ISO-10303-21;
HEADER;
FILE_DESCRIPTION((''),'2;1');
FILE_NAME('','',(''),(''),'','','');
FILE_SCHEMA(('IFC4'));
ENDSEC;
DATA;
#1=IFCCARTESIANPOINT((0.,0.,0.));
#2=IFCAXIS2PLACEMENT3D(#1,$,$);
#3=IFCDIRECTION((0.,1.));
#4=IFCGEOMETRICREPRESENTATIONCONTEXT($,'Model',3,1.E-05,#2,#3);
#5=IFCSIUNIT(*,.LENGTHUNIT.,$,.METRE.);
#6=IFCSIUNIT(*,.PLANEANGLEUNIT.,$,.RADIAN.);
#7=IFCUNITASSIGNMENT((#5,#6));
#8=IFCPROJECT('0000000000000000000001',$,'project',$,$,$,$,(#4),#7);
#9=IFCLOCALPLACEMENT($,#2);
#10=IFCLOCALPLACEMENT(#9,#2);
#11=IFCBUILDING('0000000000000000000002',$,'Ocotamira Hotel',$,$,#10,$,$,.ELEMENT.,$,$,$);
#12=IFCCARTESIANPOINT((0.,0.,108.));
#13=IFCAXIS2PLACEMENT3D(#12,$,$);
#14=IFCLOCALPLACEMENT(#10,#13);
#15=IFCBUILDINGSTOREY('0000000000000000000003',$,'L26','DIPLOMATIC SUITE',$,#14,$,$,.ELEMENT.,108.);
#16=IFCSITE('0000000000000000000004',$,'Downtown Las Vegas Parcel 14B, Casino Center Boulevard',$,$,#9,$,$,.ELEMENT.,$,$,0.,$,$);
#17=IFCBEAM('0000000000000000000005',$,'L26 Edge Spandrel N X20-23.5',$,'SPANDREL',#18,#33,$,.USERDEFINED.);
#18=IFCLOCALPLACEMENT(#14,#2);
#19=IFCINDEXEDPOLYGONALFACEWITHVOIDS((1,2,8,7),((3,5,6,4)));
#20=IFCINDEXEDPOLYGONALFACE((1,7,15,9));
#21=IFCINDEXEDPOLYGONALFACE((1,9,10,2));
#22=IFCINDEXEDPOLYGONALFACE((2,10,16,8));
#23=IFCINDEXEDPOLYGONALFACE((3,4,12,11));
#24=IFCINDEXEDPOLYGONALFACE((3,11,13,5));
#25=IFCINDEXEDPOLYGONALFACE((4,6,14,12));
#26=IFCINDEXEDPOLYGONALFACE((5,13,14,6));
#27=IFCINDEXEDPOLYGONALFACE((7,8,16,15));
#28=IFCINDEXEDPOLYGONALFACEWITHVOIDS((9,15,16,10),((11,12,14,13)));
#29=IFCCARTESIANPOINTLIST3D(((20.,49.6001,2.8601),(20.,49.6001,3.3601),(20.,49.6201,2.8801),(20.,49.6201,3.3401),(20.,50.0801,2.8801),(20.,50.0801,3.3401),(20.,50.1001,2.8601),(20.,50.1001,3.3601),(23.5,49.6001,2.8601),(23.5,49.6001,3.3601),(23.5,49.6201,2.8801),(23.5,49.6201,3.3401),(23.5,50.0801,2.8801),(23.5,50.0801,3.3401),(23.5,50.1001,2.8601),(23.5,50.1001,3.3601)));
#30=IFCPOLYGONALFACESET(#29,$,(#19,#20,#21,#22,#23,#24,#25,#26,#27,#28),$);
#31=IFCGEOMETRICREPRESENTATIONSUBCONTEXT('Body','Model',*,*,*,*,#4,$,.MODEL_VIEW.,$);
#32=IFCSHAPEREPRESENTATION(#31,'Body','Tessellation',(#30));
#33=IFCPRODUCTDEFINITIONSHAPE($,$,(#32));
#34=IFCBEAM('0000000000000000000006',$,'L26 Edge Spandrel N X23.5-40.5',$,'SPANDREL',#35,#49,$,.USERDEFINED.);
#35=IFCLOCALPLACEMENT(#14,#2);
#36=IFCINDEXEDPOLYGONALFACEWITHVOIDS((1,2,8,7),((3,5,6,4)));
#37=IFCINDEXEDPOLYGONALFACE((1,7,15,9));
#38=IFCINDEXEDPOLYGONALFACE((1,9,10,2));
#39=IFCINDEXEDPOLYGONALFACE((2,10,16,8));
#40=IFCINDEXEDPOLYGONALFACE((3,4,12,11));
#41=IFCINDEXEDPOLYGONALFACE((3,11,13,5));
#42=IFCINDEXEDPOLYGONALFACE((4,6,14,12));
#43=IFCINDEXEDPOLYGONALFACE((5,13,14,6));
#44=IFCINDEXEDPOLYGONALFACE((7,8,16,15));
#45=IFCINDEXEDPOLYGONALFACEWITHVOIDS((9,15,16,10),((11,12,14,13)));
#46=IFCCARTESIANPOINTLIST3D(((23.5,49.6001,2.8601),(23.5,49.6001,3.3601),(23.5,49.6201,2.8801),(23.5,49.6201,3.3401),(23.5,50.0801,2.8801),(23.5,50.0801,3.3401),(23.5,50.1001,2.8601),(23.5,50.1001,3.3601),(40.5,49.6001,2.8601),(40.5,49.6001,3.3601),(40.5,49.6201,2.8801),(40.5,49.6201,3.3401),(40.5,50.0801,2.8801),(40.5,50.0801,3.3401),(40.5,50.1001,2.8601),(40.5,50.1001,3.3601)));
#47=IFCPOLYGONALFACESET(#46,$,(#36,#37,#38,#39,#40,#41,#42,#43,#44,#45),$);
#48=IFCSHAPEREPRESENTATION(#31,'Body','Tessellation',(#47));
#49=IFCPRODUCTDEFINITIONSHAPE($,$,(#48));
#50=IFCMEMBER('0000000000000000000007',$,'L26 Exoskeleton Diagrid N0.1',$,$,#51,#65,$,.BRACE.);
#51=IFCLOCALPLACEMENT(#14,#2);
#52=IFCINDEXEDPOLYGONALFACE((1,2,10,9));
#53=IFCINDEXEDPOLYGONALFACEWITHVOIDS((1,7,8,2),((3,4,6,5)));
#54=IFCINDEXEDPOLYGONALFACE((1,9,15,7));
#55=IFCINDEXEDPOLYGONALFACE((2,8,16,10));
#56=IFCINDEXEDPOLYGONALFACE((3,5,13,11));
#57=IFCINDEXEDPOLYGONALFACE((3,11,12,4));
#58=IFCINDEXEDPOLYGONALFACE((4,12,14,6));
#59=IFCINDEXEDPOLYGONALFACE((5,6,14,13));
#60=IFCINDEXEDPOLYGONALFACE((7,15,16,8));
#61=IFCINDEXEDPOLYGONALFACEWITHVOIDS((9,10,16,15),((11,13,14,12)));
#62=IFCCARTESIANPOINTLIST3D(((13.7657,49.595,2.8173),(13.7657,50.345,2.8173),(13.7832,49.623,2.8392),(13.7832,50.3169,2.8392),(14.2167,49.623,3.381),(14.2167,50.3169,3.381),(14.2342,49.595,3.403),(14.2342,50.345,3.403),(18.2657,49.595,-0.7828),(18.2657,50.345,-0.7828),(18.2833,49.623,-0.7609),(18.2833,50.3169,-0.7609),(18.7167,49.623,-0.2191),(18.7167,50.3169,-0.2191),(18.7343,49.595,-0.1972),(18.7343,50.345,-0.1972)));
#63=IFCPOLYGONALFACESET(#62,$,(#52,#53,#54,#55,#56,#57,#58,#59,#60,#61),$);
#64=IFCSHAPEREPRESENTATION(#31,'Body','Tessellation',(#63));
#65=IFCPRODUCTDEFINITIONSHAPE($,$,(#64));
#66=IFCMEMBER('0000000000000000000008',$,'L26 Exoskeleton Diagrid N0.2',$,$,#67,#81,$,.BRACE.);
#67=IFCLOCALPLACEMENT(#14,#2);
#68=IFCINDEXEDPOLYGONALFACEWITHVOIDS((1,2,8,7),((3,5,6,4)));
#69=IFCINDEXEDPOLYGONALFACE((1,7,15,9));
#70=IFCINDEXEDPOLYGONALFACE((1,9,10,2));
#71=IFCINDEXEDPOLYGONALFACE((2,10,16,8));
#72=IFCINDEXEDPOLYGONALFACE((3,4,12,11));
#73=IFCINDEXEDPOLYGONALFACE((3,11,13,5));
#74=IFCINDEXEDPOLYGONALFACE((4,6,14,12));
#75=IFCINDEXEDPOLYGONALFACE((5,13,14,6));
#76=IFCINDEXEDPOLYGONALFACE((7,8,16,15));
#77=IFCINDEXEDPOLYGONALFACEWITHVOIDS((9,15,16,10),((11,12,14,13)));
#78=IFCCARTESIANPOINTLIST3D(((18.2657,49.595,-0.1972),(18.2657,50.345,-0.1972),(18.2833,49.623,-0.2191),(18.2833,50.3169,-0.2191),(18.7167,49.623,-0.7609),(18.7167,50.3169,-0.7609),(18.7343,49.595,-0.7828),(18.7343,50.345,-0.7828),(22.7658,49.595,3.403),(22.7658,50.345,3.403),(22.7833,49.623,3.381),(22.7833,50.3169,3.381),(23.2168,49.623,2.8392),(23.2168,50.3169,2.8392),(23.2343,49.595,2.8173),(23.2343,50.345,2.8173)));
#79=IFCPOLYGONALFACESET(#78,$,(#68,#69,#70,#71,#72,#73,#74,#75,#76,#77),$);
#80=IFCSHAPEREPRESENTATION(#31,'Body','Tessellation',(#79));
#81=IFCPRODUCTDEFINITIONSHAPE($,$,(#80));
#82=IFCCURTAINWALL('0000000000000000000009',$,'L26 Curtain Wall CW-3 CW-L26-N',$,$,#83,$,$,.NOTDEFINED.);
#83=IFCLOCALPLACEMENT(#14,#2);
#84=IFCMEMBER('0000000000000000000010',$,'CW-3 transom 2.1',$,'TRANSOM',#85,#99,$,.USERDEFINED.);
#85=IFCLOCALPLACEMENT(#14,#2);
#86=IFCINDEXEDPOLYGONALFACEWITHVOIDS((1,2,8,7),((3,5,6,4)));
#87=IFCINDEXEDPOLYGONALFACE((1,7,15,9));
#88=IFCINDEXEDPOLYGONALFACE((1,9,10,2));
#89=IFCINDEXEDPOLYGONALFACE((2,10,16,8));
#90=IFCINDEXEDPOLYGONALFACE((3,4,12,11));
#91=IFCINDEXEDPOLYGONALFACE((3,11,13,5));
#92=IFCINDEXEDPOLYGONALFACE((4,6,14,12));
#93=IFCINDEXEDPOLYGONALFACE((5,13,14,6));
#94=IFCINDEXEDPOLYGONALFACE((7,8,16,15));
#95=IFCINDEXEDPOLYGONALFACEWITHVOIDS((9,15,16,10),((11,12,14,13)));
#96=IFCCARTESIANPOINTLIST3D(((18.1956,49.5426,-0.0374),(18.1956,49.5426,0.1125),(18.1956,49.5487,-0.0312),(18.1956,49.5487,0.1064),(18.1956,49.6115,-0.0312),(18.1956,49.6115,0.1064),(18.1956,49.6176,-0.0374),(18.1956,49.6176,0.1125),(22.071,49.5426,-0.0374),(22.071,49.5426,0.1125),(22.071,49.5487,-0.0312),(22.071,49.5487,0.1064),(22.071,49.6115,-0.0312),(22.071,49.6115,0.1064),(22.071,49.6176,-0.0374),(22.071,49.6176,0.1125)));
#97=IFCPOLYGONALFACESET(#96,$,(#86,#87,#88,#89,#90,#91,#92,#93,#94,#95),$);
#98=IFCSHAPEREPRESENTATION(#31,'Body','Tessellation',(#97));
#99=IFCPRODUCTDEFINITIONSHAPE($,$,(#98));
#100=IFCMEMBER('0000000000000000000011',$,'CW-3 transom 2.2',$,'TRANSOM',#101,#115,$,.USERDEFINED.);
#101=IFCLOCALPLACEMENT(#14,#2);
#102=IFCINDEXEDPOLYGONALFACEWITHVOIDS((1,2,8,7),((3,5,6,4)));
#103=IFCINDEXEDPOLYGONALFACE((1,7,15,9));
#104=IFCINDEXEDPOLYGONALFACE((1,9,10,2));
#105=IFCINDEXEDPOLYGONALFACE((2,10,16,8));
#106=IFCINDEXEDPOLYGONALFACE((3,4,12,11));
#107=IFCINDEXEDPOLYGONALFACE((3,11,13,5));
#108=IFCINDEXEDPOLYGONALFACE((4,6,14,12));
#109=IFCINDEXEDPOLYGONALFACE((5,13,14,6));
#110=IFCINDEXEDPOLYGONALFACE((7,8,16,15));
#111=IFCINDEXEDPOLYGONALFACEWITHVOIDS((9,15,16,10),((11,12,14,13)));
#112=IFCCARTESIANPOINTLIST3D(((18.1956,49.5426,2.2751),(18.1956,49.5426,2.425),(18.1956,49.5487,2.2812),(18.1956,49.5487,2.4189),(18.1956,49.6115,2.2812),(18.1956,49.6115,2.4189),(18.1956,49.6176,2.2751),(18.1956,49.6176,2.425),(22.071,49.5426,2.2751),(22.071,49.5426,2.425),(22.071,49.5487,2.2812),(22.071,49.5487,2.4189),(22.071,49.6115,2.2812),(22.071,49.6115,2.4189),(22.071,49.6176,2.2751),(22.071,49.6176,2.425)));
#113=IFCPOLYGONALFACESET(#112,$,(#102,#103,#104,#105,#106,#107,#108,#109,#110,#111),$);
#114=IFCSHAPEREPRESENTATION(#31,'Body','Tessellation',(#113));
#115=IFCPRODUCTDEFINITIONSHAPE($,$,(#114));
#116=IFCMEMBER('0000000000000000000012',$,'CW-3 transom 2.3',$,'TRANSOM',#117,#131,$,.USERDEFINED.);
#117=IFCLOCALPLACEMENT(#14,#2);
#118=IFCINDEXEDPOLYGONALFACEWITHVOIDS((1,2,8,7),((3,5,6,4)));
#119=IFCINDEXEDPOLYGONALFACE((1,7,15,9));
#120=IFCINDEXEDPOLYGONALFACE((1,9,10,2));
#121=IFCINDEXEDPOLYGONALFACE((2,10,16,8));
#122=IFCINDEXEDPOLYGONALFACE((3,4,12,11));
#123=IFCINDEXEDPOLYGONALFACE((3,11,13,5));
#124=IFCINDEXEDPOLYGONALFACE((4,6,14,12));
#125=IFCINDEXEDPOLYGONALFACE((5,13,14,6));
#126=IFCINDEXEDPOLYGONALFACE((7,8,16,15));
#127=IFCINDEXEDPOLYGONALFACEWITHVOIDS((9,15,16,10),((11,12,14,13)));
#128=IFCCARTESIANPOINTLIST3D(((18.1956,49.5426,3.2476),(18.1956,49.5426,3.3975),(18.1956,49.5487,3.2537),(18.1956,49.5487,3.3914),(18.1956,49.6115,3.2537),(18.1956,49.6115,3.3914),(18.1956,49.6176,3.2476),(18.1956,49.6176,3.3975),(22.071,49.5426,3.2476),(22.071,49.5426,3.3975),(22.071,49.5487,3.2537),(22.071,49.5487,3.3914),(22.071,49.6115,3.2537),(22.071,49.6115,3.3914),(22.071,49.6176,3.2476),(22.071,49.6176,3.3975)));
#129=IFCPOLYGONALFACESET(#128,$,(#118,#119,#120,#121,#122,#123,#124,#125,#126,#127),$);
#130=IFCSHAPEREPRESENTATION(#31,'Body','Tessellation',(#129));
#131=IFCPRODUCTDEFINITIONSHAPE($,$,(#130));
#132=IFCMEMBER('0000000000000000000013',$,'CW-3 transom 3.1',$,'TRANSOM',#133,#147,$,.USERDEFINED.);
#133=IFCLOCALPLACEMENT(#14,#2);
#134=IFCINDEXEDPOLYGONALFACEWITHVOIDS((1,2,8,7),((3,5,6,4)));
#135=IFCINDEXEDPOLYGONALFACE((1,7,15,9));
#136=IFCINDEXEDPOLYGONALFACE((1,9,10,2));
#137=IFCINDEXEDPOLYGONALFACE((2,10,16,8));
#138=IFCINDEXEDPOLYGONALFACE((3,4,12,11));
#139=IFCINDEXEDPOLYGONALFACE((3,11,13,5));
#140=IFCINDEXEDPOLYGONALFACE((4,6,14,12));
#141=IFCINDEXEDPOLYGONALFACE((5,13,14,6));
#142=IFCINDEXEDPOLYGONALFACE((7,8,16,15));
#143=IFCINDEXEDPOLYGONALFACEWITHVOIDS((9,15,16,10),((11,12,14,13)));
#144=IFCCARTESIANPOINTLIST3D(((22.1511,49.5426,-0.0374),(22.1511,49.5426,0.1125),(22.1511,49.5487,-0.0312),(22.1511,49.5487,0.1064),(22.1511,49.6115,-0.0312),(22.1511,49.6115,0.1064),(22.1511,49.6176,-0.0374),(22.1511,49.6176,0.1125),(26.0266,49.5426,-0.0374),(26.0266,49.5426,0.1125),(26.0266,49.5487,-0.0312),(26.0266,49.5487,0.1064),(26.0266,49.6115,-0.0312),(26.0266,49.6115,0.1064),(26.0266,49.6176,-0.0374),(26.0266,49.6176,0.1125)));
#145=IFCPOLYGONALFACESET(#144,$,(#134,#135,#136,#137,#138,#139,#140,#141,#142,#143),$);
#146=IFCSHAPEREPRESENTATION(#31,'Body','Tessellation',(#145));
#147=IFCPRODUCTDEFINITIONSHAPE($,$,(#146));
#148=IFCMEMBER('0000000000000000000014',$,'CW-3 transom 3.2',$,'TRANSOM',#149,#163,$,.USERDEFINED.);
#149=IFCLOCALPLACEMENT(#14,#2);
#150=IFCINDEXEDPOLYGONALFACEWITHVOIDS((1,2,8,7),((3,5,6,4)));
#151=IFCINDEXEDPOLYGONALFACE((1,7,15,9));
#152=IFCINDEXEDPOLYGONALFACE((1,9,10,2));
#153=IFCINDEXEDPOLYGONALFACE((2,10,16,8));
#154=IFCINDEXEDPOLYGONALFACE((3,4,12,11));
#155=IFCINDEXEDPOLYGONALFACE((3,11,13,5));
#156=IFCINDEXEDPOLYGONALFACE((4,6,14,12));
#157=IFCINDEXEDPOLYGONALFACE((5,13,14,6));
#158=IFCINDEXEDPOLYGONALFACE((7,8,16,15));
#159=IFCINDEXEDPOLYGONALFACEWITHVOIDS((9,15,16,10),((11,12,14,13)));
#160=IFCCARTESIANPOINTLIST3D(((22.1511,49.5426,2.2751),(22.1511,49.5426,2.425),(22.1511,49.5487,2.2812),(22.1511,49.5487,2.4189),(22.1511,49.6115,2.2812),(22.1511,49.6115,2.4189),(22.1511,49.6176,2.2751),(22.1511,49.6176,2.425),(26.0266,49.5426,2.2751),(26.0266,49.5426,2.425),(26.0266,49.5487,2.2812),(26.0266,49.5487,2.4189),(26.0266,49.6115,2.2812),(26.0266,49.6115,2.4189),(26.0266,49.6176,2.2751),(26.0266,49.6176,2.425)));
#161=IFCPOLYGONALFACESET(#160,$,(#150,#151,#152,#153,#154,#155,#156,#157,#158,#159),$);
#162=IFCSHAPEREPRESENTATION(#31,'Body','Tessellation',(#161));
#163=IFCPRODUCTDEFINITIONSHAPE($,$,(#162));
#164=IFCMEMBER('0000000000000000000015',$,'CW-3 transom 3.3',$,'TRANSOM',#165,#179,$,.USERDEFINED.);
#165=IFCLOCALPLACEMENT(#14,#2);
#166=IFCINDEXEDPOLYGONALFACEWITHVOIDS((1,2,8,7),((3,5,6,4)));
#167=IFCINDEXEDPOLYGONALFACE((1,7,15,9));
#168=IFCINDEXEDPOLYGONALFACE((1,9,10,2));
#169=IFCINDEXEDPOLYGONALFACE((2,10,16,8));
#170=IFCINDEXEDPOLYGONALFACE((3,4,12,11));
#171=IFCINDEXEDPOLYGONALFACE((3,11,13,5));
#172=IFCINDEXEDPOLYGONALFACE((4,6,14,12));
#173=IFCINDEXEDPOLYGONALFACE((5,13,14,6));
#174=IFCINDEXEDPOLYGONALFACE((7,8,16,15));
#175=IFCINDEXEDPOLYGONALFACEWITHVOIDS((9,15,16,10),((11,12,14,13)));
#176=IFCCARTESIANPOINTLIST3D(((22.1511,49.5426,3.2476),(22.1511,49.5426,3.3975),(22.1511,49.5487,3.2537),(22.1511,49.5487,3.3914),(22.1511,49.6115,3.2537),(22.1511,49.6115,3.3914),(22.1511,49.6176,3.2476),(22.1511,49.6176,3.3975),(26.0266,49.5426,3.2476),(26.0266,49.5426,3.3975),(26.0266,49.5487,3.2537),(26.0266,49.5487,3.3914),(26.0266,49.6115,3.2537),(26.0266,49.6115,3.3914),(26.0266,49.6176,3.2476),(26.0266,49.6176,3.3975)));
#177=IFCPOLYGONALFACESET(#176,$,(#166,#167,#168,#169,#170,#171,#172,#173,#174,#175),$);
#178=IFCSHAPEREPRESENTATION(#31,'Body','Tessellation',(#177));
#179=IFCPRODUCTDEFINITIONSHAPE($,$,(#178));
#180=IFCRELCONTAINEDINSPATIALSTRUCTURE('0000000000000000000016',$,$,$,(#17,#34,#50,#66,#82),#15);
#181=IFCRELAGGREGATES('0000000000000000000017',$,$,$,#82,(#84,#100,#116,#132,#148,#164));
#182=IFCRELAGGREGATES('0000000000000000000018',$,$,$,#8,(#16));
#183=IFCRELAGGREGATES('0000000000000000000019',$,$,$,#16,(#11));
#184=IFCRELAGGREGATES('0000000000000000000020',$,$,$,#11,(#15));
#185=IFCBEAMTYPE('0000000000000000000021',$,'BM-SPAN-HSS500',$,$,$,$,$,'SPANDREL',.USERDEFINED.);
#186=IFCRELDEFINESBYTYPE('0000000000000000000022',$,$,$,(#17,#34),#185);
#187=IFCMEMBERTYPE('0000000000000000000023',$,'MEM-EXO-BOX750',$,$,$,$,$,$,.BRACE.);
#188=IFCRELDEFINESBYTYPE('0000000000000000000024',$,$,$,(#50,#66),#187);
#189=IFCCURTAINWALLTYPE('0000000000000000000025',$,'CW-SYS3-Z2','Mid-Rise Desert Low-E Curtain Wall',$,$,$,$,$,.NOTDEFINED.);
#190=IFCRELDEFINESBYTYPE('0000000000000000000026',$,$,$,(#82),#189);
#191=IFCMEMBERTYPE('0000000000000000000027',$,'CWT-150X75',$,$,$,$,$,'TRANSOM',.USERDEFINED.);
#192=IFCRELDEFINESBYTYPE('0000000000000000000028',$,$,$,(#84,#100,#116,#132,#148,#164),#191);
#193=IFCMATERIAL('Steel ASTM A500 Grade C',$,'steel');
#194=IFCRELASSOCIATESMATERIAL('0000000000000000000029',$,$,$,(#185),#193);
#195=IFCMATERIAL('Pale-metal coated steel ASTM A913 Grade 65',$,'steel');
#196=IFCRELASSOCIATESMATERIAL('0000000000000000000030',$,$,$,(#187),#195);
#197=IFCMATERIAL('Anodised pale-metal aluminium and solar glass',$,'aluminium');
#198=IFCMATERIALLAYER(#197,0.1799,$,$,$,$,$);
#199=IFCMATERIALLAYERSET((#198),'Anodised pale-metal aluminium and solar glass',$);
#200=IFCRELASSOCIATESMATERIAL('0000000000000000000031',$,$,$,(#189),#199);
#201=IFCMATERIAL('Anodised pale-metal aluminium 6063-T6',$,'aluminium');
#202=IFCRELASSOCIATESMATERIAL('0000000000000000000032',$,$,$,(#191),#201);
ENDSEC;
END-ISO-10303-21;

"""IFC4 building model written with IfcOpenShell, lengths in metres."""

from ifc_helpers import new_model, si_unit, direction, frame, origin, origin_2d, place, context, subcontext, project, spatial, hollow_rectangle, extrude, source, transform, mapped, material, layer, layer_set, material_profile, profile_set, type_object, element, aggregate, save


model = new_model("IFC4")

# Units and contexts
model_context = context("Model", 3, precision=1e-05, world=origin(), true_north=direction((0.0, 1.0)))
body_context = subcontext(model_context, "Body", "Model", "MODEL_VIEW")
ifc_project = project(units=[si_unit("LENGTHUNIT", "METRE"), si_unit("PLANEANGLEUNIT", "RADIAN")], contexts=[model_context])

# Site, building, storey
site_placement = place(None, origin())
site = spatial("IfcSite", under=ifc_project, at=site_placement, Name="Downtown Las Vegas Parcel 14B, Casino Center Boulevard", CompositionType="ELEMENT", RefElevation=0.0)
building_placement = place(site_placement, origin())
building = spatial("IfcBuilding", under=site, at=building_placement, Name="Ocotamira Hotel", CompositionType="ELEMENT")
storey_placement = place(building_placement, frame((0.0, 0.0, 108.0)))
storey = spatial("IfcBuildingStorey", under=building, at=storey_placement, Name="L26", Description="DIPLOMATIC SUITE", CompositionType="ELEMENT", Elevation=108.0)

# Beams
ifc_material_1 = material(Name="Steel ASTM A500 Grade C", Category="steel")
ifc_material_profile_1 = material_profile(ifc_material_1, hollow_rectangle(XDim=0.5, YDim=0.5, WallThickness=0.02, at=origin_2d()), Name="HSS500X500X20")
ifc_profile_set_1 = profile_set([ifc_material_profile_1], Name="Steel ASTM A500 Grade C")
beam_type_1 = type_object("IfcBeamType", Name="BM-SPAN-HSS500", ElementType="SPANDREL", PredefinedType="USERDEFINED", material=ifc_profile_set_1)
shared_shape_1 = source(origin(), body_context, "Body", "SweptSolid", [
    extrude(hollow_rectangle(XDim=0.5, YDim=0.5, WallThickness=0.02, at=origin_2d()), origin(), (0.0, 0.0, 1.0), 3.5),
])
beam_1_placement = place(storey_placement, frame((20.0, 49.8501, 3.1101), z_axis=(1.0, 0.0, 0.0), x_axis=(0.0, 1.0, 0.0)))
element("IfcBeam", 1, at=beam_1_placement, inside=storey, type_object=beam_type_1, Name="L26 Edge Spandrel N X20-23.5", ObjectType="SPANDREL", PredefinedType="USERDEFINED", context=body_context, shape_type="MappedRepresentation", body=[
    mapped(shared_shape_1, transform((0.0, 0.0, 0.0), scale=1.0)),
])
shared_shape_2 = source(origin(), body_context, "Body", "SweptSolid", [
    extrude(hollow_rectangle(XDim=0.5, YDim=0.5, WallThickness=0.02, at=origin_2d()), origin(), (0.0, 0.0, 1.0), 17.0),
])
beam_2_placement = place(storey_placement, frame((23.5, 49.8501, 3.1101), z_axis=(1.0, 0.0, 0.0), x_axis=(0.0, 1.0, 0.0)))
element("IfcBeam", 2, at=beam_2_placement, inside=storey, type_object=beam_type_1, Name="L26 Edge Spandrel N X23.5-40.5", ObjectType="SPANDREL", PredefinedType="USERDEFINED", context=body_context, shape_type="MappedRepresentation", body=[
    mapped(shared_shape_2, transform((0.0, 0.0, 0.0), scale=1.0)),
])

# Members
ifc_material_2 = material(Name="Pale-metal coated steel ASTM A913 Grade 65", Category="steel")
ifc_material_profile_2 = material_profile(ifc_material_2, hollow_rectangle(XDim=0.75, YDim=0.75, WallThickness=0.0281, at=origin_2d()), Name="BOX750X750X28")
ifc_profile_set_2 = profile_set([ifc_material_profile_2], Name="Pale-metal coated steel ASTM A913 Grade 65")
member_type_1 = type_object("IfcMemberType", Name="MEM-EXO-BOX750", PredefinedType="BRACE", material=ifc_profile_set_2)
shared_shape_3 = source(origin(), body_context, "Body", "SweptSolid", [
    extrude(hollow_rectangle(XDim=0.75, YDim=0.75, WallThickness=0.0281, at=origin_2d()), origin(), (0.0, 0.0, 1.0), 5.7629),
])
for number, where, z_axis, x_axis, name in (
    (3, (18.5, 49.97, -0.49), (-0.780861, 0.0, 0.624705), (0.0, -1.0, 0.0), "L26 Exoskeleton Diagrid N0.1"),
    (4, (18.5, 49.97, -0.49), (0.780861, 0.0, 0.624705), (0.0, 1.0, 0.0), "L26 Exoskeleton Diagrid N0.2"),
):
    element("IfcMember", number, at=place(storey_placement, frame(where, z_axis=z_axis, x_axis=x_axis)), inside=storey, type_object=member_type_1, Name=name, PredefinedType="BRACE", context=body_context, shape_type="MappedRepresentation", body=[
        mapped(shared_shape_3, transform((0.0, 0.0, 0.0), scale=1.0)),
    ])

# Curtain wall, members
ifc_material_3 = material(Name="Anodised pale-metal aluminium and solar glass", Category="aluminium")
ifc_layer_1 = layer(ifc_material_3, 0.1799)
ifc_layer_set_1 = layer_set([ifc_layer_1], Name="Anodised pale-metal aluminium and solar glass")
curtain_wall_type = type_object("IfcCurtainWallType", Name="CW-SYS3-Z2", Description="Mid-Rise Desert Low-E Curtain Wall", PredefinedType="NOTDEFINED", material=ifc_layer_set_1)
curtain_wall_placement = place(storey_placement, origin())
curtain_wall = element("IfcCurtainWall", 5, at=curtain_wall_placement, inside=storey, type_object=curtain_wall_type, Name="L26 Curtain Wall CW-3 CW-L26-N", PredefinedType="NOTDEFINED")
ifc_material_4 = material(Name="Anodised pale-metal aluminium 6063-T6", Category="aluminium")
ifc_material_profile_3 = material_profile(ifc_material_4, hollow_rectangle(XDim=0.075, YDim=0.1499, WallThickness=0.0061, at=origin_2d()), Name="HSS150X75X6")
ifc_profile_set_3 = profile_set([ifc_material_profile_3], Name="Anodised pale-metal aluminium 6063-T6")
member_type_2 = type_object("IfcMemberType", Name="CWT-150X75", ElementType="TRANSOM", PredefinedType="USERDEFINED", material=ifc_profile_set_3)
shared_shape_4 = source(origin(), body_context, "Body", "SweptSolid", [
    extrude(hollow_rectangle(XDim=0.075, YDim=0.1499, WallThickness=0.0061, at=origin_2d()), origin(), (0.0, 0.0, 1.0), 3.8755),
])
member_1_placement = place(storey_placement, frame((18.1956, 49.5801, 0.0376), z_axis=(1.0, 0.0, 0.0), x_axis=(0.0, 1.0, 0.0)))
member_1 = element("IfcMember", 6, at=member_1_placement, type_object=member_type_2, Name="CW-3 transom 2.1", ObjectType="TRANSOM", PredefinedType="USERDEFINED", context=body_context, shape_type="MappedRepresentation", body=[
    mapped(shared_shape_4, transform((0.0, 0.0, 0.0), scale=1.0)),
])
member_2_placement = place(storey_placement, frame((18.1956, 49.5801, 2.3501), z_axis=(1.0, 0.0, 0.0), x_axis=(0.0, 1.0, 0.0)))
member_2 = element("IfcMember", 7, at=member_2_placement, type_object=member_type_2, Name="CW-3 transom 2.2", ObjectType="TRANSOM", PredefinedType="USERDEFINED", context=body_context, shape_type="MappedRepresentation", body=[
    mapped(shared_shape_4, transform((0.0, 0.0, 0.0), scale=1.0)),
])
member_3_placement = place(storey_placement, frame((18.1956, 49.5801, 3.3225), z_axis=(1.0, 0.0, 0.0), x_axis=(0.0, 1.0, 0.0)))
member_3 = element("IfcMember", 8, at=member_3_placement, type_object=member_type_2, Name="CW-3 transom 2.3", ObjectType="TRANSOM", PredefinedType="USERDEFINED", context=body_context, shape_type="MappedRepresentation", body=[
    mapped(shared_shape_4, transform((0.0, 0.0, 0.0), scale=1.0)),
])
member_4_placement = place(storey_placement, frame((22.1511, 49.5801, 0.0376), z_axis=(1.0, 0.0, 0.0), x_axis=(0.0, 1.0, 0.0)))
member_4 = element("IfcMember", 9, at=member_4_placement, type_object=member_type_2, Name="CW-3 transom 3.1", ObjectType="TRANSOM", PredefinedType="USERDEFINED", context=body_context, shape_type="MappedRepresentation", body=[
    mapped(shared_shape_4, transform((0.0, 0.0, 0.0), scale=1.0)),
])
member_5_placement = place(storey_placement, frame((22.1511, 49.5801, 2.3501), z_axis=(1.0, 0.0, 0.0), x_axis=(0.0, 1.0, 0.0)))
member_5 = element("IfcMember", 10, at=member_5_placement, type_object=member_type_2, Name="CW-3 transom 3.2", ObjectType="TRANSOM", PredefinedType="USERDEFINED", context=body_context, shape_type="MappedRepresentation", body=[
    mapped(shared_shape_4, transform((0.0, 0.0, 0.0), scale=1.0)),
])
member_6_placement = place(storey_placement, frame((22.1511, 49.5801, 3.3225), z_axis=(1.0, 0.0, 0.0), x_axis=(0.0, 1.0, 0.0)))
member_6 = element("IfcMember", 11, at=member_6_placement, type_object=member_type_2, Name="CW-3 transom 3.3", ObjectType="TRANSOM", PredefinedType="USERDEFINED", context=body_context, shape_type="MappedRepresentation", body=[
    mapped(shared_shape_4, transform((0.0, 0.0, 0.0), scale=1.0)),
])

aggregate(curtain_wall, [member_1, member_2, member_3, member_4, member_5, member_6])

save(model, "model.ifc")
